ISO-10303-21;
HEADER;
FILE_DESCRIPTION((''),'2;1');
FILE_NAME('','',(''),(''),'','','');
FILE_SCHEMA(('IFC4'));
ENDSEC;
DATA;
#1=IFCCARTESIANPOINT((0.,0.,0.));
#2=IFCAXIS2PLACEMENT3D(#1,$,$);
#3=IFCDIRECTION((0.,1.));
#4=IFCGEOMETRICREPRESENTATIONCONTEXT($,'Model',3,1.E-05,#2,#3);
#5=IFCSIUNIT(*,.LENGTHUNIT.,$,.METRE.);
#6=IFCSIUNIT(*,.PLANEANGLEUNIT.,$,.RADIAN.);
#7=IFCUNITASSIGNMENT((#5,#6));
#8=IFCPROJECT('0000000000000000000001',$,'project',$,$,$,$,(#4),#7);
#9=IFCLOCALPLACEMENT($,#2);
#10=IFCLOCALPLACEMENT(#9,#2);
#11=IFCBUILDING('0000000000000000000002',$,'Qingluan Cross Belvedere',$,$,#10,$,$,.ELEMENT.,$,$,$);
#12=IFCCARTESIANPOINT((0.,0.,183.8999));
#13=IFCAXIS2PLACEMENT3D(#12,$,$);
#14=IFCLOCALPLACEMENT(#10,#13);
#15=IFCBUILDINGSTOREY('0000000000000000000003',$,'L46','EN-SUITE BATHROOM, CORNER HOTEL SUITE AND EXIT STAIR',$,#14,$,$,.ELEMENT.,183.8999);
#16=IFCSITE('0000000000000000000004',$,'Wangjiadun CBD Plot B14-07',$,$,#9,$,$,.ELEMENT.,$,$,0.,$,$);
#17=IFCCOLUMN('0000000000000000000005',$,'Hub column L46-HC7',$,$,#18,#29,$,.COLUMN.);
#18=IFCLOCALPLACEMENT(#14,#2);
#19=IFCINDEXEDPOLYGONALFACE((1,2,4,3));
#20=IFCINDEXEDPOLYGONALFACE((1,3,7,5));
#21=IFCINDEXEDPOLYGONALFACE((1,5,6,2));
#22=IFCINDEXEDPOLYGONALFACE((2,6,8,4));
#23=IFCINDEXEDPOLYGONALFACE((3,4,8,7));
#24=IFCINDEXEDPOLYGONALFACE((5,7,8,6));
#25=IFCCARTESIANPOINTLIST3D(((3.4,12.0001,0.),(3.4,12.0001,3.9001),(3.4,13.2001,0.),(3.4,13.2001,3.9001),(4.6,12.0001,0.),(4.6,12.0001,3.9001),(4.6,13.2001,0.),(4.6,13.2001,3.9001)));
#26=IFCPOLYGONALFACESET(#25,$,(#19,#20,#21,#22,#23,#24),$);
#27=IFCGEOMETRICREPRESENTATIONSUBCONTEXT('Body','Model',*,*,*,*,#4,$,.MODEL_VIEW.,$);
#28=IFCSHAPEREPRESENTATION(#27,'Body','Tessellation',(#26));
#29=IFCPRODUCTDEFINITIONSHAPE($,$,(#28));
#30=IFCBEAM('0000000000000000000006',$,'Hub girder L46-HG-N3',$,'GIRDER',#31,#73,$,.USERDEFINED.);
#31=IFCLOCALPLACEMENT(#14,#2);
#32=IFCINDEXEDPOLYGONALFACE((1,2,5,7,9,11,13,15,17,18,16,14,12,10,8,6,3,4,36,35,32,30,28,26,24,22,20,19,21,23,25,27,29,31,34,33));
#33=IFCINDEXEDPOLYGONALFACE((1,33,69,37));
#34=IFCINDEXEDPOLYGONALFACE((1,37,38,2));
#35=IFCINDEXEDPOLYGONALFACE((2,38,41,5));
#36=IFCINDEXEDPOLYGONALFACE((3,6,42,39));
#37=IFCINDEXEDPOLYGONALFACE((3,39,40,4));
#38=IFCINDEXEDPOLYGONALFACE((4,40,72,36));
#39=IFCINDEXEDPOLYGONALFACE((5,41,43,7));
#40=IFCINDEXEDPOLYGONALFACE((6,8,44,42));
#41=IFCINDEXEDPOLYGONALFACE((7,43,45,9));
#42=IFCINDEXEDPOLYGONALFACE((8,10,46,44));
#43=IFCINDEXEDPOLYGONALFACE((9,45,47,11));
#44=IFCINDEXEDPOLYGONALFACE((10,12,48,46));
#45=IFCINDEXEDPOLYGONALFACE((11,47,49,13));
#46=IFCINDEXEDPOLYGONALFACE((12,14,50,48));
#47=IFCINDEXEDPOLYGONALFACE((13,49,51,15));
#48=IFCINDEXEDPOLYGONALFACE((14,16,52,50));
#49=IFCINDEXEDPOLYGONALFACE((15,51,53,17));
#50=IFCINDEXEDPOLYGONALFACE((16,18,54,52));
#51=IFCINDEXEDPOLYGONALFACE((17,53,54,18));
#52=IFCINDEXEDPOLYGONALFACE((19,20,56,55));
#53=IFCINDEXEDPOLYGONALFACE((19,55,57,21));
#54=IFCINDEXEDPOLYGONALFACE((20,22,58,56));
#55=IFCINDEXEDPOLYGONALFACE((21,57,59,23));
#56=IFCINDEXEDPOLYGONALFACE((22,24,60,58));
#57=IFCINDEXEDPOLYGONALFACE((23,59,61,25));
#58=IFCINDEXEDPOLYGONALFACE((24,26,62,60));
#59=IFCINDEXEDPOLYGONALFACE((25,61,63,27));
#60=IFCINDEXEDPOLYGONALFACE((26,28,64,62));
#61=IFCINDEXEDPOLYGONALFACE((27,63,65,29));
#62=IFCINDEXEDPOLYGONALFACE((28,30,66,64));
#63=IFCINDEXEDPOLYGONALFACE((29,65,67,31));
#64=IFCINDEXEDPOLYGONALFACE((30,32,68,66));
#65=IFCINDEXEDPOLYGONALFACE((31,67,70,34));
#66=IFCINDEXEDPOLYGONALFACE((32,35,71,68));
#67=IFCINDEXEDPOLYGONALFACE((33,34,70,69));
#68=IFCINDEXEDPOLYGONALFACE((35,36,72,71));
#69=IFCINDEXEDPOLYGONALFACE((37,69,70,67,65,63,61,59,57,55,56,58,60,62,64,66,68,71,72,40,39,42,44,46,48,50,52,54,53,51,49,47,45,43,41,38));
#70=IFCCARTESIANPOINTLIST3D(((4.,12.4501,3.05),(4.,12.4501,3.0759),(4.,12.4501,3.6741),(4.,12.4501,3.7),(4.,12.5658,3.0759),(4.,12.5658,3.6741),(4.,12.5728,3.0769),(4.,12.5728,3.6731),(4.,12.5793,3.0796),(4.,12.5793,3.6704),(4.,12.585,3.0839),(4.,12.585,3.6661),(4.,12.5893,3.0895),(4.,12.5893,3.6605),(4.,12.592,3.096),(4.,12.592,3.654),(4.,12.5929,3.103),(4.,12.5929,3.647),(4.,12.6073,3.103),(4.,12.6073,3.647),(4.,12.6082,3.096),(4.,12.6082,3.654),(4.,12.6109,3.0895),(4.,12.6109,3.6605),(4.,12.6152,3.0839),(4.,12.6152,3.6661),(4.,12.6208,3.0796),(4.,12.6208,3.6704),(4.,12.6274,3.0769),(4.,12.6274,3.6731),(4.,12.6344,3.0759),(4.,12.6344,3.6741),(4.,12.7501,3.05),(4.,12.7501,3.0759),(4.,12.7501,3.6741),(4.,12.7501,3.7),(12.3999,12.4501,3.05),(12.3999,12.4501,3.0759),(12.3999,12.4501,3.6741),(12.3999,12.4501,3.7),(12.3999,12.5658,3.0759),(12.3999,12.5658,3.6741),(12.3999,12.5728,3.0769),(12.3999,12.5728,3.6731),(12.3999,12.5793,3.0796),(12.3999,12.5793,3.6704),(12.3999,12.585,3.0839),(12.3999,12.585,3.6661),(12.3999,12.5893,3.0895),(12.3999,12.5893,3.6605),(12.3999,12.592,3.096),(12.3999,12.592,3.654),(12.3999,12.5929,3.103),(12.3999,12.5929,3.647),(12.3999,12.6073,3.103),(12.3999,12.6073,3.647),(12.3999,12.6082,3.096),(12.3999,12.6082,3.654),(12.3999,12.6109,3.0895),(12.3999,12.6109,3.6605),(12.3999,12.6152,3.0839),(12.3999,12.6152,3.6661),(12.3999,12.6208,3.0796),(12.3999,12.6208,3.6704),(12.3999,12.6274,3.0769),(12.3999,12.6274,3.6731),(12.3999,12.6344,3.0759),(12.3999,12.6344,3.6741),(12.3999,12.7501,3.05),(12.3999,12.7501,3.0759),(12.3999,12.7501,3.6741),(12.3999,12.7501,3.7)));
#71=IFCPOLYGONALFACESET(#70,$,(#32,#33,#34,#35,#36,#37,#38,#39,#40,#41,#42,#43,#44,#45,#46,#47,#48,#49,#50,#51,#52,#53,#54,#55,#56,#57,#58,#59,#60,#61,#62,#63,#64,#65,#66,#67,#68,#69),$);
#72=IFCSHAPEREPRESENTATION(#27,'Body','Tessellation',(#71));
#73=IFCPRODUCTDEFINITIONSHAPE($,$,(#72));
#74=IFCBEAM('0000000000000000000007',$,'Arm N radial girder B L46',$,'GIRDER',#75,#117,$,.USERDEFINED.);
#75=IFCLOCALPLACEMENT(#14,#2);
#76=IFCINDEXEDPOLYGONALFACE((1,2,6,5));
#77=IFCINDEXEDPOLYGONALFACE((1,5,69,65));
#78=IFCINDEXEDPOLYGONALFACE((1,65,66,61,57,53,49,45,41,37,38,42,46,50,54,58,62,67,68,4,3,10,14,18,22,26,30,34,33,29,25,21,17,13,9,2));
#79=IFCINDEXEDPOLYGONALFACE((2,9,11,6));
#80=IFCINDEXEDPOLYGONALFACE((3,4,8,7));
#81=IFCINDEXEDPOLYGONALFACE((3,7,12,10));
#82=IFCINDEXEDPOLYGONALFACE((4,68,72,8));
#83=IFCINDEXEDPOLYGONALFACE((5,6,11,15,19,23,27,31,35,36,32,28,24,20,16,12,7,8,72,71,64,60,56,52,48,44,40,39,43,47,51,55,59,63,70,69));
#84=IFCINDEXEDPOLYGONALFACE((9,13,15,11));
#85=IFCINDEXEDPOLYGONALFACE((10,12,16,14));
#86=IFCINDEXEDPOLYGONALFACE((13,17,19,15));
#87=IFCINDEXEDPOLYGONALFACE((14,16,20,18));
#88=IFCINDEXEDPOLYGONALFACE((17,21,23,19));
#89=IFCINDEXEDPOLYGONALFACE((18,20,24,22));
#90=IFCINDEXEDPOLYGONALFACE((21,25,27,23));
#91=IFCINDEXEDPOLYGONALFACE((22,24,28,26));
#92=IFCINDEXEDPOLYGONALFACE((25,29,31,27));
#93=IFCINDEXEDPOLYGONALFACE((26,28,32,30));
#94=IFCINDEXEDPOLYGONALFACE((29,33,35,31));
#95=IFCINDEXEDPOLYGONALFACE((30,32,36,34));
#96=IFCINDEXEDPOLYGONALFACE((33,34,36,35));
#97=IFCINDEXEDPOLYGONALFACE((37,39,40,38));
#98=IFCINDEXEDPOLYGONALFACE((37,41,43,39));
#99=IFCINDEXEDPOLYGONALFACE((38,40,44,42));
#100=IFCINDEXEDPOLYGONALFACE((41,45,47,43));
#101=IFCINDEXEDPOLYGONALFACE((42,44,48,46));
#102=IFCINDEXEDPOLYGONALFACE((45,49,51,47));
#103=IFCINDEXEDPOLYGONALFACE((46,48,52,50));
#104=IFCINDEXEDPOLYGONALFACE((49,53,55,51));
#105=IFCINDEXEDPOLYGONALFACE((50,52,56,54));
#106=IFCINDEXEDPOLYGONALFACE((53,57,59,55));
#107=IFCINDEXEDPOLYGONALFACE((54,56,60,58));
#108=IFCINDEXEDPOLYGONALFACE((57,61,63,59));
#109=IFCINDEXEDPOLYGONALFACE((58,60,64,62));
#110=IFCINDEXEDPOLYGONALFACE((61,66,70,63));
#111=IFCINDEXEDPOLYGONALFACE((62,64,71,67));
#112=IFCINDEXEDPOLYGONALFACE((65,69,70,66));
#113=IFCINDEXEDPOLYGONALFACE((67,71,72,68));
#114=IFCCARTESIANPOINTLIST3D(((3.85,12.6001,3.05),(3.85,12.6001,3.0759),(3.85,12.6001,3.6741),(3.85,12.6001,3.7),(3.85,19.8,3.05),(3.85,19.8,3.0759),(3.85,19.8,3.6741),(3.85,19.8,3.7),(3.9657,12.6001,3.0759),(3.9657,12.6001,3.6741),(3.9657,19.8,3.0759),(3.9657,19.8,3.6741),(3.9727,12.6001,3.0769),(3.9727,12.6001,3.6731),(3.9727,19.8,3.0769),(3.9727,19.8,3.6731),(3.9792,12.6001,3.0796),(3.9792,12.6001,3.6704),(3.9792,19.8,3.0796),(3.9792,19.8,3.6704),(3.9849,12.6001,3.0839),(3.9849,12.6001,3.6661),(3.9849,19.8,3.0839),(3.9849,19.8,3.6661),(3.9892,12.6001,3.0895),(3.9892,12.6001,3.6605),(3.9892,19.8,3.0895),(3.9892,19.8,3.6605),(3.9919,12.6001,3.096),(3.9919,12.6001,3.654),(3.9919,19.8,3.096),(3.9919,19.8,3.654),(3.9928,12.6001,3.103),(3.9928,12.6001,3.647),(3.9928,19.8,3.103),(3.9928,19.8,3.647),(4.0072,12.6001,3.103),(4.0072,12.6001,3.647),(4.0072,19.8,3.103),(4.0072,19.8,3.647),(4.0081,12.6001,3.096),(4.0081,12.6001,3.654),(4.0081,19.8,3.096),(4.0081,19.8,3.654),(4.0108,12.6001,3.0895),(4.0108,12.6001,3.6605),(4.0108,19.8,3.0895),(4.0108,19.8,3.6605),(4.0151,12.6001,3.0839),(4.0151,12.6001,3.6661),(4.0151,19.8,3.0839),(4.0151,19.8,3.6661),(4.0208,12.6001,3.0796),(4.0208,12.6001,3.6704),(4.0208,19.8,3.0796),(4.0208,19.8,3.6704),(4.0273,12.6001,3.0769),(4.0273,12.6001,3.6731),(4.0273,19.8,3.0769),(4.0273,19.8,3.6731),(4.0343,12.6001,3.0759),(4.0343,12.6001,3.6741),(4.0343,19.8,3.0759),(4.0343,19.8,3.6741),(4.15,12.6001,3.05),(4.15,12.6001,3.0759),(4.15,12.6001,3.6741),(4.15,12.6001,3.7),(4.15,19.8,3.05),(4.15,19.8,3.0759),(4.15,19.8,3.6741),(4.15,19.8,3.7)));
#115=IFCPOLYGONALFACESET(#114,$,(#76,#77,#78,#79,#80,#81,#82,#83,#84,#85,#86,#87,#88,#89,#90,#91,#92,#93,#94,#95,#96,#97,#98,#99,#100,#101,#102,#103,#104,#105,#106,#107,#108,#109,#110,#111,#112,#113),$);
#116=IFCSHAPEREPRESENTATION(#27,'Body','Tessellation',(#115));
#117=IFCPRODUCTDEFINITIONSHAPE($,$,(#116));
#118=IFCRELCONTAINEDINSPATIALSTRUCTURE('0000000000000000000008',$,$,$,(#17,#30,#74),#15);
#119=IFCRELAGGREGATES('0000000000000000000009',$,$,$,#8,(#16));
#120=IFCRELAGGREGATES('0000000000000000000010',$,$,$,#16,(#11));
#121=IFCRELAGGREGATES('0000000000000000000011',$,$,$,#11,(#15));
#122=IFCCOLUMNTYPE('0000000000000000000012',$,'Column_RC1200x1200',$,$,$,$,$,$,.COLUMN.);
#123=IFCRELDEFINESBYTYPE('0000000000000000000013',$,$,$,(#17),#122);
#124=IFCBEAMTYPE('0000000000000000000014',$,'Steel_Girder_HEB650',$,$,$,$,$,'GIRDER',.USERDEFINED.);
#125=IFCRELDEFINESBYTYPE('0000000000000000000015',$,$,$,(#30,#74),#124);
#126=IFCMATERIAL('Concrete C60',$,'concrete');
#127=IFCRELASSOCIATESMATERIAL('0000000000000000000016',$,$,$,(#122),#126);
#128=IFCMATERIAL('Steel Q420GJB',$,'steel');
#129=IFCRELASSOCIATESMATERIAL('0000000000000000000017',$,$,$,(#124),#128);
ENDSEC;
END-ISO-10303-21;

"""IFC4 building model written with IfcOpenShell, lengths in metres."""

from ifc_helpers import new_model, si_unit, direction, frame, origin, origin_2d, place, context, subcontext, project, spatial, rectangle, i_section, extrude, material, material_profile, profile_set, type_object, element, save


model = new_model("IFC4")

# Units and contexts
model_context = context("Model", 3, precision=1e-05, world=origin(), true_north=direction((0.0, 1.0)))
body_context = subcontext(model_context, "Body", "Model", "MODEL_VIEW")
ifc_project = project(units=[si_unit("LENGTHUNIT", "METRE"), si_unit("PLANEANGLEUNIT", "RADIAN")], contexts=[model_context])

# Site, building, storey
site_placement = place(None, origin())
site = spatial("IfcSite", under=ifc_project, at=site_placement, Name="Wangjiadun CBD Plot B14-07", CompositionType="ELEMENT", RefElevation=0.0)
building_placement = place(site_placement, origin())
building = spatial("IfcBuilding", under=site, at=building_placement, Name="Qingluan Cross Belvedere", CompositionType="ELEMENT")
storey_placement = place(building_placement, frame((0.0, 0.0, 183.8999)))
storey = spatial("IfcBuildingStorey", under=building, at=storey_placement, Name="L46", Description="EN-SUITE BATHROOM, CORNER HOTEL SUITE AND EXIT STAIR", CompositionType="ELEMENT", Elevation=183.8999)

# Column
ifc_material_1 = material(Name="Concrete C60", Category="concrete")
ifc_material_profile_1 = material_profile(ifc_material_1, rectangle(XDim=1.2, YDim=1.2, at=origin_2d()), Name="RC1200x1200")
ifc_profile_set_1 = profile_set([ifc_material_profile_1], Name="Concrete C60")
column_type = type_object("IfcColumnType", Name="Column_RC1200x1200", PredefinedType="COLUMN", material=ifc_profile_set_1)
column_placement = place(storey_placement, frame((4.0, 12.6001, 0.0), z_axis=(0.0, 0.0, 1.0), x_axis=(1.0, 0.0, 0.0)))
element("IfcColumn", 1, at=column_placement, inside=storey, type_object=column_type, Name="Hub column L46-HC7", PredefinedType="COLUMN", context=body_context, shape_type="SweptSolid", body=[
    extrude(rectangle(XDim=1.2, YDim=1.2, at=origin_2d()), origin(), (0.0, 0.0, 1.0), 3.9001),
])

# Beams
ifc_material_2 = material(Name="Steel Q420GJB", Category="steel")
ifc_material_profile_2 = material_profile(ifc_material_2, i_section(OverallWidth=0.3, OverallDepth=0.6499, WebThickness=0.0144, FlangeThickness=0.0259, FilletRadius=0.0271, at=origin_2d()), Name="HEB650")
ifc_profile_set_2 = profile_set([ifc_material_profile_2], Name="Steel Q420GJB")
beam_type = type_object("IfcBeamType", Name="Steel_Girder_HEB650", ElementType="GIRDER", PredefinedType="USERDEFINED", material=ifc_profile_set_2)
beam_1_placement = place(storey_placement, frame((4.0, 12.6001, 3.375), z_axis=(1.0, 0.0, 0.0), x_axis=(0.0, 1.0, 0.0)))
element("IfcBeam", 2, at=beam_1_placement, inside=storey, type_object=beam_type, Name="Hub girder L46-HG-N3", ObjectType="GIRDER", PredefinedType="USERDEFINED", context=body_context, shape_type="SweptSolid", body=[
    extrude(i_section(OverallWidth=0.3, OverallDepth=0.6499, WebThickness=0.0144, FlangeThickness=0.0259, FilletRadius=0.0271, at=origin_2d()), origin(), (0.0, 0.0, 1.0), 8.3999),
])
beam_2_placement = place(storey_placement, frame((4.0, 12.6001, 3.375), z_axis=(0.0, 1.0, 0.0), x_axis=(-1.0, 0.0, 0.0)))
element("IfcBeam", 3, at=beam_2_placement, inside=storey, type_object=beam_type, Name="Arm N radial girder B L46", ObjectType="GIRDER", PredefinedType="USERDEFINED", context=body_context, shape_type="SweptSolid", body=[
    extrude(i_section(OverallWidth=0.3, OverallDepth=0.6499, WebThickness=0.0144, FlangeThickness=0.0259, FilletRadius=0.0271, at=origin_2d()), origin(), (0.0, 0.0, 1.0), 7.2),
])

save(model, "model.ifc")
